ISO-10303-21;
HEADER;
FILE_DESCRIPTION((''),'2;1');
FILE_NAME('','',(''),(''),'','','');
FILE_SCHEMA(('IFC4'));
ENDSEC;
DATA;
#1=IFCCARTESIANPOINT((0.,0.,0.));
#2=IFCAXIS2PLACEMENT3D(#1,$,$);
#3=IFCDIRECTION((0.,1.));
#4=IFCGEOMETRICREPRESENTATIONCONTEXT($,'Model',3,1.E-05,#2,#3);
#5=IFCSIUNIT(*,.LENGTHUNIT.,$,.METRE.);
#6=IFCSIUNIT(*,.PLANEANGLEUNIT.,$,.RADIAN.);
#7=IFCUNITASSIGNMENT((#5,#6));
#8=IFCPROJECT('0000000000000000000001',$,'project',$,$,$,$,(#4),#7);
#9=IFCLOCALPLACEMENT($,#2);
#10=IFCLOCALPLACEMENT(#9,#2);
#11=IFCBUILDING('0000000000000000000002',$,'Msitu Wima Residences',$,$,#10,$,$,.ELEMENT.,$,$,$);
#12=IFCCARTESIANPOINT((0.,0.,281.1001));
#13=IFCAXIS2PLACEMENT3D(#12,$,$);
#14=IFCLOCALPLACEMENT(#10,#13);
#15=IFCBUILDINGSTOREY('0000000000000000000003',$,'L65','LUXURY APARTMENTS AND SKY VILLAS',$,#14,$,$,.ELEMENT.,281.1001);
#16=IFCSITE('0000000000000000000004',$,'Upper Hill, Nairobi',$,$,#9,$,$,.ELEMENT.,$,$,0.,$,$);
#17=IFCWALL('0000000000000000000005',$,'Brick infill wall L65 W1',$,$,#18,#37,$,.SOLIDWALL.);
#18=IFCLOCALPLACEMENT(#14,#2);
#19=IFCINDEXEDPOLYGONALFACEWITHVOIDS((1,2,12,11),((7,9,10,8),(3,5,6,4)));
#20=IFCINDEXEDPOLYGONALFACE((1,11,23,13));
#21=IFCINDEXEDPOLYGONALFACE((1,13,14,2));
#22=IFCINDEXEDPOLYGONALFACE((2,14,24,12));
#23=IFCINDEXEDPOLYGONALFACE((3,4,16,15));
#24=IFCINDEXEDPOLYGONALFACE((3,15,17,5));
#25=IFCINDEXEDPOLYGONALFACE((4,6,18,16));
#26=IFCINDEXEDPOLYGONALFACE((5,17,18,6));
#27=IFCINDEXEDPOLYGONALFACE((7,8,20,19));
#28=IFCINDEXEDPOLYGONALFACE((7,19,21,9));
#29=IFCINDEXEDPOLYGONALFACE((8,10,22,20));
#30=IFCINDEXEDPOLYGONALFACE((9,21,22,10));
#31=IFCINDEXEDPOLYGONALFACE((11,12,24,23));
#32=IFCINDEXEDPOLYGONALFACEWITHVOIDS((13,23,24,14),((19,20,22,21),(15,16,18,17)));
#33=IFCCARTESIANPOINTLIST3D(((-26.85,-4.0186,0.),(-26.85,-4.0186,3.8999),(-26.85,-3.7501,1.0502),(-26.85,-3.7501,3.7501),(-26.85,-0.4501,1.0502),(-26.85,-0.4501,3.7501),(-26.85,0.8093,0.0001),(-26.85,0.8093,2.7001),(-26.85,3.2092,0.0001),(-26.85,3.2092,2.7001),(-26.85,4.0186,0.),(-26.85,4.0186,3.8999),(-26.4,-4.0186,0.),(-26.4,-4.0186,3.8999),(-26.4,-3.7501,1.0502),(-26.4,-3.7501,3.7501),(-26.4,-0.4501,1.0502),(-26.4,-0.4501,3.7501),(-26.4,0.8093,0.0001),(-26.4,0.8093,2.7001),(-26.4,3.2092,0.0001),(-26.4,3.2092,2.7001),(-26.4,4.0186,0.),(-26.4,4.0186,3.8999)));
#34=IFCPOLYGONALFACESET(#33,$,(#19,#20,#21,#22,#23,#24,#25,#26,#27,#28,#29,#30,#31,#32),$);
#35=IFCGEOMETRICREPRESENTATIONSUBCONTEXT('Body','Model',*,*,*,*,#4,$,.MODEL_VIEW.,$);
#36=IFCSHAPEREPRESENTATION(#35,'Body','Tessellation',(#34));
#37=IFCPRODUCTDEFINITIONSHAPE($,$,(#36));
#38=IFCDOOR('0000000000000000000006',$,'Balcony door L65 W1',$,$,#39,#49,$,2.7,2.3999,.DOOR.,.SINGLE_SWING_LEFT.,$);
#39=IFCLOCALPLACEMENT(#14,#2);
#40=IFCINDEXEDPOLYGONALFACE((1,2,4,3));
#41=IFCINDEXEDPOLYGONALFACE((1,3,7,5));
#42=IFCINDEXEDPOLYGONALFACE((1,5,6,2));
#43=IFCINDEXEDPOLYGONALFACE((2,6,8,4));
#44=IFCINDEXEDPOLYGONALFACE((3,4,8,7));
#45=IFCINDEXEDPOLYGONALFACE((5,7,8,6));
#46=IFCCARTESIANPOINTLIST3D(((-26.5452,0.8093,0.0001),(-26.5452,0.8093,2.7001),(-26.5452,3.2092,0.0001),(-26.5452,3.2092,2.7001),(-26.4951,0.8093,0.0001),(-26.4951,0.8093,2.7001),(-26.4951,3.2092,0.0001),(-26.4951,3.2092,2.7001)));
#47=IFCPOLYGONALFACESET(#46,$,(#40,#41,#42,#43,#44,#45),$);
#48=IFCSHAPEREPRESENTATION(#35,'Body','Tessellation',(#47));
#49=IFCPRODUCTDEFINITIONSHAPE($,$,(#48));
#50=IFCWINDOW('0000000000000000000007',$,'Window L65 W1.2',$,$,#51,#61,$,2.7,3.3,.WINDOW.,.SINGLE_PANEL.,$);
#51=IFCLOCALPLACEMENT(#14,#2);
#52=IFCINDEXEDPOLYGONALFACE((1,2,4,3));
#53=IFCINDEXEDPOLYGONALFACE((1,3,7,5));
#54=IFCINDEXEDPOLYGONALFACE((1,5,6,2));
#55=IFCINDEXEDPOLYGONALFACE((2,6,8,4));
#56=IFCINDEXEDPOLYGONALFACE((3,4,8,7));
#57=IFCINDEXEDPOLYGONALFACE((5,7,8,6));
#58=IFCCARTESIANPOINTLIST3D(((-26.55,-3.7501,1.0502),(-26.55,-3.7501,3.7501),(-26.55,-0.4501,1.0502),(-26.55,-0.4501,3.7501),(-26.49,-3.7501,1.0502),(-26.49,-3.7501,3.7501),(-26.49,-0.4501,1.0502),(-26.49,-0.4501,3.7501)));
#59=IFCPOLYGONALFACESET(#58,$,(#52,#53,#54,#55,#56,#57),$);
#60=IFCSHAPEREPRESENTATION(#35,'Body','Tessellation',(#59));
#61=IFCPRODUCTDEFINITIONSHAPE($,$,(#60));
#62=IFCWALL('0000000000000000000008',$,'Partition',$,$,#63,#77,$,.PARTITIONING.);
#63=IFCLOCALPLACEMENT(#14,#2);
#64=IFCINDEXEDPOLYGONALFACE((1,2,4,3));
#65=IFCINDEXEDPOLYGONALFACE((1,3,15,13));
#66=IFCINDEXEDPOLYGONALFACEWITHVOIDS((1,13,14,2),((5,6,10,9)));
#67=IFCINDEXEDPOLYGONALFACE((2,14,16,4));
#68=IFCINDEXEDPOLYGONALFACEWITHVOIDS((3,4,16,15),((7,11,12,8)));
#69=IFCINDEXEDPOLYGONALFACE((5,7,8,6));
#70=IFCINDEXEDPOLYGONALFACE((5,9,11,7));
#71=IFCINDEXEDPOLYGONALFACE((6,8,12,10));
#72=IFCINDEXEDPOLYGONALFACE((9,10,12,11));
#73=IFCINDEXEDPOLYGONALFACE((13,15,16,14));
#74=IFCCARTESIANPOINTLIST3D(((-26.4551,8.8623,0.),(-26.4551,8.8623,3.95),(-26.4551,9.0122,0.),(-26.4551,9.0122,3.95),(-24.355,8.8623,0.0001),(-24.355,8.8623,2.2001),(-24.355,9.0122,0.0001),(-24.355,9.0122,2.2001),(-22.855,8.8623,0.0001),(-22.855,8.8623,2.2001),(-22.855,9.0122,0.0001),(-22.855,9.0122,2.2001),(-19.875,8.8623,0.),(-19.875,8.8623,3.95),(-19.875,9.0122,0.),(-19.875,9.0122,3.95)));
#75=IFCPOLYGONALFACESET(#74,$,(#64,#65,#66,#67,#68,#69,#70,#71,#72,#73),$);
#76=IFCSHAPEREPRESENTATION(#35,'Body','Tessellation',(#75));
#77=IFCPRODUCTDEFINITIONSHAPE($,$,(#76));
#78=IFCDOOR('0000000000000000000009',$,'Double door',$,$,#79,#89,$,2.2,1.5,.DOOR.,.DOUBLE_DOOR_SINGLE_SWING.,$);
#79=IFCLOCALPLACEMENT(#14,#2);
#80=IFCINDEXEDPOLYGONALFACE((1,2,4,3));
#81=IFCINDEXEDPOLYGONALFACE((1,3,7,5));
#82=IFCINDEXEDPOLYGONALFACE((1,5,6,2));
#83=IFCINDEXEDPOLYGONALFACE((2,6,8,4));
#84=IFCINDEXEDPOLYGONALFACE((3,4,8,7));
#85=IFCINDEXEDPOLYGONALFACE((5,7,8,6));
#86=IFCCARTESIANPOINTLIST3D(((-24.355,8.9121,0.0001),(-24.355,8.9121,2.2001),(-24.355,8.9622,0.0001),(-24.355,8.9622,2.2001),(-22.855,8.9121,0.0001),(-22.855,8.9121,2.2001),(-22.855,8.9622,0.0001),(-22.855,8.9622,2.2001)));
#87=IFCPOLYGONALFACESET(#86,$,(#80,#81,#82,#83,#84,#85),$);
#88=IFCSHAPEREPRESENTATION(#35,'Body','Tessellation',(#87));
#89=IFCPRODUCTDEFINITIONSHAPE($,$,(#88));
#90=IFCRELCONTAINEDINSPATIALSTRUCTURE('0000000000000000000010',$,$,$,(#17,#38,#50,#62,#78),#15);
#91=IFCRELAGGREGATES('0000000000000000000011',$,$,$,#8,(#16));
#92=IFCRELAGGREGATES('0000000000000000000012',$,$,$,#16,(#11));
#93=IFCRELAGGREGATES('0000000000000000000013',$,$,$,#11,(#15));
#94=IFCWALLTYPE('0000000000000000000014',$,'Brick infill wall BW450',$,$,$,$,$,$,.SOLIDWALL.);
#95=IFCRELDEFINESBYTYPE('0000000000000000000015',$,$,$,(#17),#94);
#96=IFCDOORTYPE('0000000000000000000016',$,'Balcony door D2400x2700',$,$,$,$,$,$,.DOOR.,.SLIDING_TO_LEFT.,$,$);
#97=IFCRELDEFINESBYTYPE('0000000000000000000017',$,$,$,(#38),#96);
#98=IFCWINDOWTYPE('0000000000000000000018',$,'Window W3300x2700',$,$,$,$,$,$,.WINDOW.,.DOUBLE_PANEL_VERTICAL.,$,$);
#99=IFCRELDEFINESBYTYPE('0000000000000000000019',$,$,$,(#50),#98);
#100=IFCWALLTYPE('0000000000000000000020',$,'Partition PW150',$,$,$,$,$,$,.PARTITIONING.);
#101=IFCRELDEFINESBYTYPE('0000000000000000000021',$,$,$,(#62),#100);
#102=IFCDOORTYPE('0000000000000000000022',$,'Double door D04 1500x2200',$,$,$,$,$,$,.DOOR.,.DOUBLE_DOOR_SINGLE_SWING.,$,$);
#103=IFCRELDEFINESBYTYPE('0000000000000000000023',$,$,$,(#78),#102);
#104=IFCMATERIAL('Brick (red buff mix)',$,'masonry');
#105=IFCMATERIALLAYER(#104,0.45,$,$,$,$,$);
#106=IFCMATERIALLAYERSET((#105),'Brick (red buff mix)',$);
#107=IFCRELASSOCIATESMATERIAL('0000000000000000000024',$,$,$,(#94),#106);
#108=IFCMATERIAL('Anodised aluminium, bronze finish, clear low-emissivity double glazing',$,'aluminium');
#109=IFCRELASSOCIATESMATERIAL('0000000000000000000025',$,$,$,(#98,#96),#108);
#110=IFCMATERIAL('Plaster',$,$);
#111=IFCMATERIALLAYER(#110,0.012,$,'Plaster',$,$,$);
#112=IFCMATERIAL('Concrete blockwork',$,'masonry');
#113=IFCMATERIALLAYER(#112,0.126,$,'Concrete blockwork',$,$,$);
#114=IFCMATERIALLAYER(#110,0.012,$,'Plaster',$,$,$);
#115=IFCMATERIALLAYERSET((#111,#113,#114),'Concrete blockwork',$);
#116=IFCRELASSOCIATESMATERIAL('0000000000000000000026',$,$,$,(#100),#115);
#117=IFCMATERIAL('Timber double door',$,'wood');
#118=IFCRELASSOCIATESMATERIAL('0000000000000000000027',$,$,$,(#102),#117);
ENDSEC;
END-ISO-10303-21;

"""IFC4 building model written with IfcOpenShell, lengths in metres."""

from ifc_helpers import new_model, si_unit, direction, frame, frame_2d, origin, place, context, subcontext, project, spatial, rectangle, extrude, material, layer, layer_set, type_object, element, fill, save


model = new_model("IFC4")

# Units and contexts
model_context = context("Model", 3, precision=1e-05, world=origin(), true_north=direction((0.0, 1.0)))
body_context = subcontext(model_context, "Body", "Model", "MODEL_VIEW")
ifc_project = project(units=[si_unit("LENGTHUNIT", "METRE"), si_unit("PLANEANGLEUNIT", "RADIAN")], contexts=[model_context])

# Site, building, storey
site_placement = place(None, origin())
site = spatial("IfcSite", under=ifc_project, at=site_placement, Name="Upper Hill, Nairobi", CompositionType="ELEMENT", RefElevation=0.0)
building_placement = place(site_placement, origin())
building = spatial("IfcBuilding", under=site, at=building_placement, Name="Msitu Wima Residences", CompositionType="ELEMENT")
storey_placement = place(building_placement, frame((0.0, 0.0, 281.1001)))
storey = spatial("IfcBuildingStorey", under=building, at=storey_placement, Name="L65", Description="LUXURY APARTMENTS AND SKY VILLAS", CompositionType="ELEMENT", Elevation=281.1001)

# Shared definitions
ifc_material_1 = material(Name="Brick (red buff mix)", Category="masonry")
ifc_layer_1 = layer(ifc_material_1, 0.45)
ifc_layer_set_1 = layer_set([ifc_layer_1], Name="Brick (red buff mix)")
wall_type_1 = type_object("IfcWallType", Name="Brick infill wall BW450", PredefinedType="SOLIDWALL", material=ifc_layer_set_1)
ifc_material_2 = material(Name="Anodised aluminium, bronze finish, clear low-emissivity double glazing", Category="aluminium")
window_type = type_object("IfcWindowType", Name="Window W3300x2700", PartitioningType="DOUBLE_PANEL_VERTICAL", PredefinedType="WINDOW", material=ifc_material_2)

# Wall, openings, door, window
wall_1_placement = place(storey_placement, frame((-26.625, 4.0186, 0.0), z_axis=(0.0, 0.0, 1.0), x_axis=(0.0, -1.0, 0.0)))
wall_1 = element("IfcWall", 1, at=wall_1_placement, inside=storey, type_object=wall_type_1, Name="Brick infill wall L65 W1", PredefinedType="SOLIDWALL", context=body_context, shape_type="SweptSolid", body=[
    extrude(rectangle(XDim=8.0371, YDim=0.45, at=frame_2d((4.0186, 0.0))), origin(), (0.0, 0.0, 1.0), 3.8999),
])
opening_1_placement = place(wall_1_placement, frame((0.8093, 0.0, 0.0)))
opening_1 = element("IfcOpeningElement", 2, at=opening_1_placement, cuts=wall_1, PredefinedType="OPENING", context=body_context, shape_type="SweptSolid", body=[
    extrude(rectangle(XDim=2.3999, YDim=2.7, at=frame_2d((1.2, 1.3501))), frame((0.0, 0.2349, 0.0), z_axis=(0.0, -1.0, 0.0), x_axis=(1.0, 0.0, 0.0)), (0.0, 0.0, 1.0), 0.47),
])
opening_2_placement = place(wall_1_placement, frame((4.4688, 0.0, 1.05)))
opening_2 = element("IfcOpeningElement", 3, at=opening_2_placement, cuts=wall_1, PredefinedType="OPENING", context=body_context, shape_type="SweptSolid", body=[
    extrude(rectangle(XDim=3.3, YDim=2.7, at=frame_2d((1.6499, 1.3501))), frame((0.0, 0.2349, 0.0), z_axis=(0.0, -1.0, 0.0), x_axis=(1.0, 0.0, 0.0)), (0.0, 0.0, 1.0), 0.47),
])
door_type_1 = type_object("IfcDoorType", Name="Balcony door D2400x2700", OperationType="SLIDING_TO_LEFT", PredefinedType="DOOR", material=ifc_material_2)
door_1_placement = place(opening_1_placement, origin())
door_1 = element("IfcDoor", 4, at=door_1_placement, inside=storey, type_object=door_type_1, Name="Balcony door L65 W1", OperationType="SINGLE_SWING_LEFT", OverallHeight=2.7, OverallWidth=2.3999, PredefinedType="DOOR", context=body_context, shape_type="SweptSolid", body=[
    extrude(rectangle(XDim=2.3999, YDim=2.7, at=frame_2d((1.2, 1.3501))), frame((0.0, 0.1299, 0.0), z_axis=(0.0, -1.0, 0.0), x_axis=(1.0, 0.0, 0.0)), (0.0, 0.0, 1.0), 0.05),
])
fill(opening_1, door_1)
window_1_placement = place(opening_2_placement, origin())
window_1 = element("IfcWindow", 5, at=window_1_placement, inside=storey, type_object=window_type, Name="Window L65 W1.2", OverallHeight=2.7, OverallWidth=3.3, PartitioningType="SINGLE_PANEL", PredefinedType="WINDOW", context=body_context, shape_type="SweptSolid", body=[
    extrude(rectangle(XDim=3.3, YDim=2.7, at=frame_2d((1.6499, 1.3501))), frame((0.0, 0.135, 0.0), z_axis=(0.0, -1.0, 0.0), x_axis=(1.0, 0.0, 0.0)), (0.0, 0.0, 1.0), 0.0601),
])
fill(opening_2, window_1)

# Wall, opening, door
ifc_material_3 = material(Name="Plaster")
ifc_layer_2 = layer(ifc_material_3, 0.012, Name="Plaster")
ifc_material_4 = material(Name="Concrete blockwork", Category="masonry")
ifc_layer_3 = layer(ifc_material_4, 0.126, Name="Concrete blockwork")
ifc_layer_4 = layer(ifc_material_3, 0.012, Name="Plaster")
ifc_layer_set_2 = layer_set([ifc_layer_2, ifc_layer_3, ifc_layer_4], Name="Concrete blockwork")
wall_type_2 = type_object("IfcWallType", Name="Partition PW150", PredefinedType="PARTITIONING", material=ifc_layer_set_2)
wall_2_placement = place(storey_placement, frame((-26.4551, 8.9373, 0.0), z_axis=(0.0, 0.0, 1.0), x_axis=(1.0, 0.0, 0.0)))
wall_2 = element("IfcWall", 6, at=wall_2_placement, inside=storey, type_object=wall_type_2, Name="Partition", PredefinedType="PARTITIONING", context=body_context, shape_type="SweptSolid", body=[
    extrude(rectangle(XDim=6.5801, YDim=0.1499, at=frame_2d((3.29, 0.0))), origin(), (0.0, 0.0, 1.0), 3.95),
])
opening_3_placement = place(wall_2_placement, frame((2.1001, 0.0, 0.0)))
opening_3 = element("IfcOpeningElement", 7, at=opening_3_placement, cuts=wall_2, PredefinedType="OPENING", context=body_context, shape_type="SweptSolid", body=[
    extrude(rectangle(XDim=1.5, YDim=2.2, at=frame_2d((0.75, 1.1001))), frame((0.0, 0.085, 0.0), z_axis=(0.0, -1.0, 0.0), x_axis=(1.0, 0.0, 0.0)), (0.0, 0.0, 1.0), 0.1699),
])
ifc_material_5 = material(Name="Timber double door", Category="wood")
door_type_2 = type_object("IfcDoorType", Name="Double door D04 1500x2200", OperationType="DOUBLE_DOOR_SINGLE_SWING", PredefinedType="DOOR", material=ifc_material_5)
door_2_placement = place(opening_3_placement, origin())
door_2 = element("IfcDoor", 8, at=door_2_placement, inside=storey, type_object=door_type_2, Name="Double door", OperationType="DOUBLE_DOOR_SINGLE_SWING", OverallHeight=2.2, OverallWidth=1.5, PredefinedType="DOOR", context=body_context, shape_type="SweptSolid", body=[
    extrude(rectangle(XDim=1.5, YDim=2.2, at=frame_2d((0.75, 1.1001))), frame((0.0, 0.0249, 0.0), z_axis=(0.0, -1.0, 0.0), x_axis=(1.0, 0.0, 0.0)), (0.0, 0.0, 1.0), 0.05),
])
fill(opening_3, door_2)

save(model, "model.ifc")
